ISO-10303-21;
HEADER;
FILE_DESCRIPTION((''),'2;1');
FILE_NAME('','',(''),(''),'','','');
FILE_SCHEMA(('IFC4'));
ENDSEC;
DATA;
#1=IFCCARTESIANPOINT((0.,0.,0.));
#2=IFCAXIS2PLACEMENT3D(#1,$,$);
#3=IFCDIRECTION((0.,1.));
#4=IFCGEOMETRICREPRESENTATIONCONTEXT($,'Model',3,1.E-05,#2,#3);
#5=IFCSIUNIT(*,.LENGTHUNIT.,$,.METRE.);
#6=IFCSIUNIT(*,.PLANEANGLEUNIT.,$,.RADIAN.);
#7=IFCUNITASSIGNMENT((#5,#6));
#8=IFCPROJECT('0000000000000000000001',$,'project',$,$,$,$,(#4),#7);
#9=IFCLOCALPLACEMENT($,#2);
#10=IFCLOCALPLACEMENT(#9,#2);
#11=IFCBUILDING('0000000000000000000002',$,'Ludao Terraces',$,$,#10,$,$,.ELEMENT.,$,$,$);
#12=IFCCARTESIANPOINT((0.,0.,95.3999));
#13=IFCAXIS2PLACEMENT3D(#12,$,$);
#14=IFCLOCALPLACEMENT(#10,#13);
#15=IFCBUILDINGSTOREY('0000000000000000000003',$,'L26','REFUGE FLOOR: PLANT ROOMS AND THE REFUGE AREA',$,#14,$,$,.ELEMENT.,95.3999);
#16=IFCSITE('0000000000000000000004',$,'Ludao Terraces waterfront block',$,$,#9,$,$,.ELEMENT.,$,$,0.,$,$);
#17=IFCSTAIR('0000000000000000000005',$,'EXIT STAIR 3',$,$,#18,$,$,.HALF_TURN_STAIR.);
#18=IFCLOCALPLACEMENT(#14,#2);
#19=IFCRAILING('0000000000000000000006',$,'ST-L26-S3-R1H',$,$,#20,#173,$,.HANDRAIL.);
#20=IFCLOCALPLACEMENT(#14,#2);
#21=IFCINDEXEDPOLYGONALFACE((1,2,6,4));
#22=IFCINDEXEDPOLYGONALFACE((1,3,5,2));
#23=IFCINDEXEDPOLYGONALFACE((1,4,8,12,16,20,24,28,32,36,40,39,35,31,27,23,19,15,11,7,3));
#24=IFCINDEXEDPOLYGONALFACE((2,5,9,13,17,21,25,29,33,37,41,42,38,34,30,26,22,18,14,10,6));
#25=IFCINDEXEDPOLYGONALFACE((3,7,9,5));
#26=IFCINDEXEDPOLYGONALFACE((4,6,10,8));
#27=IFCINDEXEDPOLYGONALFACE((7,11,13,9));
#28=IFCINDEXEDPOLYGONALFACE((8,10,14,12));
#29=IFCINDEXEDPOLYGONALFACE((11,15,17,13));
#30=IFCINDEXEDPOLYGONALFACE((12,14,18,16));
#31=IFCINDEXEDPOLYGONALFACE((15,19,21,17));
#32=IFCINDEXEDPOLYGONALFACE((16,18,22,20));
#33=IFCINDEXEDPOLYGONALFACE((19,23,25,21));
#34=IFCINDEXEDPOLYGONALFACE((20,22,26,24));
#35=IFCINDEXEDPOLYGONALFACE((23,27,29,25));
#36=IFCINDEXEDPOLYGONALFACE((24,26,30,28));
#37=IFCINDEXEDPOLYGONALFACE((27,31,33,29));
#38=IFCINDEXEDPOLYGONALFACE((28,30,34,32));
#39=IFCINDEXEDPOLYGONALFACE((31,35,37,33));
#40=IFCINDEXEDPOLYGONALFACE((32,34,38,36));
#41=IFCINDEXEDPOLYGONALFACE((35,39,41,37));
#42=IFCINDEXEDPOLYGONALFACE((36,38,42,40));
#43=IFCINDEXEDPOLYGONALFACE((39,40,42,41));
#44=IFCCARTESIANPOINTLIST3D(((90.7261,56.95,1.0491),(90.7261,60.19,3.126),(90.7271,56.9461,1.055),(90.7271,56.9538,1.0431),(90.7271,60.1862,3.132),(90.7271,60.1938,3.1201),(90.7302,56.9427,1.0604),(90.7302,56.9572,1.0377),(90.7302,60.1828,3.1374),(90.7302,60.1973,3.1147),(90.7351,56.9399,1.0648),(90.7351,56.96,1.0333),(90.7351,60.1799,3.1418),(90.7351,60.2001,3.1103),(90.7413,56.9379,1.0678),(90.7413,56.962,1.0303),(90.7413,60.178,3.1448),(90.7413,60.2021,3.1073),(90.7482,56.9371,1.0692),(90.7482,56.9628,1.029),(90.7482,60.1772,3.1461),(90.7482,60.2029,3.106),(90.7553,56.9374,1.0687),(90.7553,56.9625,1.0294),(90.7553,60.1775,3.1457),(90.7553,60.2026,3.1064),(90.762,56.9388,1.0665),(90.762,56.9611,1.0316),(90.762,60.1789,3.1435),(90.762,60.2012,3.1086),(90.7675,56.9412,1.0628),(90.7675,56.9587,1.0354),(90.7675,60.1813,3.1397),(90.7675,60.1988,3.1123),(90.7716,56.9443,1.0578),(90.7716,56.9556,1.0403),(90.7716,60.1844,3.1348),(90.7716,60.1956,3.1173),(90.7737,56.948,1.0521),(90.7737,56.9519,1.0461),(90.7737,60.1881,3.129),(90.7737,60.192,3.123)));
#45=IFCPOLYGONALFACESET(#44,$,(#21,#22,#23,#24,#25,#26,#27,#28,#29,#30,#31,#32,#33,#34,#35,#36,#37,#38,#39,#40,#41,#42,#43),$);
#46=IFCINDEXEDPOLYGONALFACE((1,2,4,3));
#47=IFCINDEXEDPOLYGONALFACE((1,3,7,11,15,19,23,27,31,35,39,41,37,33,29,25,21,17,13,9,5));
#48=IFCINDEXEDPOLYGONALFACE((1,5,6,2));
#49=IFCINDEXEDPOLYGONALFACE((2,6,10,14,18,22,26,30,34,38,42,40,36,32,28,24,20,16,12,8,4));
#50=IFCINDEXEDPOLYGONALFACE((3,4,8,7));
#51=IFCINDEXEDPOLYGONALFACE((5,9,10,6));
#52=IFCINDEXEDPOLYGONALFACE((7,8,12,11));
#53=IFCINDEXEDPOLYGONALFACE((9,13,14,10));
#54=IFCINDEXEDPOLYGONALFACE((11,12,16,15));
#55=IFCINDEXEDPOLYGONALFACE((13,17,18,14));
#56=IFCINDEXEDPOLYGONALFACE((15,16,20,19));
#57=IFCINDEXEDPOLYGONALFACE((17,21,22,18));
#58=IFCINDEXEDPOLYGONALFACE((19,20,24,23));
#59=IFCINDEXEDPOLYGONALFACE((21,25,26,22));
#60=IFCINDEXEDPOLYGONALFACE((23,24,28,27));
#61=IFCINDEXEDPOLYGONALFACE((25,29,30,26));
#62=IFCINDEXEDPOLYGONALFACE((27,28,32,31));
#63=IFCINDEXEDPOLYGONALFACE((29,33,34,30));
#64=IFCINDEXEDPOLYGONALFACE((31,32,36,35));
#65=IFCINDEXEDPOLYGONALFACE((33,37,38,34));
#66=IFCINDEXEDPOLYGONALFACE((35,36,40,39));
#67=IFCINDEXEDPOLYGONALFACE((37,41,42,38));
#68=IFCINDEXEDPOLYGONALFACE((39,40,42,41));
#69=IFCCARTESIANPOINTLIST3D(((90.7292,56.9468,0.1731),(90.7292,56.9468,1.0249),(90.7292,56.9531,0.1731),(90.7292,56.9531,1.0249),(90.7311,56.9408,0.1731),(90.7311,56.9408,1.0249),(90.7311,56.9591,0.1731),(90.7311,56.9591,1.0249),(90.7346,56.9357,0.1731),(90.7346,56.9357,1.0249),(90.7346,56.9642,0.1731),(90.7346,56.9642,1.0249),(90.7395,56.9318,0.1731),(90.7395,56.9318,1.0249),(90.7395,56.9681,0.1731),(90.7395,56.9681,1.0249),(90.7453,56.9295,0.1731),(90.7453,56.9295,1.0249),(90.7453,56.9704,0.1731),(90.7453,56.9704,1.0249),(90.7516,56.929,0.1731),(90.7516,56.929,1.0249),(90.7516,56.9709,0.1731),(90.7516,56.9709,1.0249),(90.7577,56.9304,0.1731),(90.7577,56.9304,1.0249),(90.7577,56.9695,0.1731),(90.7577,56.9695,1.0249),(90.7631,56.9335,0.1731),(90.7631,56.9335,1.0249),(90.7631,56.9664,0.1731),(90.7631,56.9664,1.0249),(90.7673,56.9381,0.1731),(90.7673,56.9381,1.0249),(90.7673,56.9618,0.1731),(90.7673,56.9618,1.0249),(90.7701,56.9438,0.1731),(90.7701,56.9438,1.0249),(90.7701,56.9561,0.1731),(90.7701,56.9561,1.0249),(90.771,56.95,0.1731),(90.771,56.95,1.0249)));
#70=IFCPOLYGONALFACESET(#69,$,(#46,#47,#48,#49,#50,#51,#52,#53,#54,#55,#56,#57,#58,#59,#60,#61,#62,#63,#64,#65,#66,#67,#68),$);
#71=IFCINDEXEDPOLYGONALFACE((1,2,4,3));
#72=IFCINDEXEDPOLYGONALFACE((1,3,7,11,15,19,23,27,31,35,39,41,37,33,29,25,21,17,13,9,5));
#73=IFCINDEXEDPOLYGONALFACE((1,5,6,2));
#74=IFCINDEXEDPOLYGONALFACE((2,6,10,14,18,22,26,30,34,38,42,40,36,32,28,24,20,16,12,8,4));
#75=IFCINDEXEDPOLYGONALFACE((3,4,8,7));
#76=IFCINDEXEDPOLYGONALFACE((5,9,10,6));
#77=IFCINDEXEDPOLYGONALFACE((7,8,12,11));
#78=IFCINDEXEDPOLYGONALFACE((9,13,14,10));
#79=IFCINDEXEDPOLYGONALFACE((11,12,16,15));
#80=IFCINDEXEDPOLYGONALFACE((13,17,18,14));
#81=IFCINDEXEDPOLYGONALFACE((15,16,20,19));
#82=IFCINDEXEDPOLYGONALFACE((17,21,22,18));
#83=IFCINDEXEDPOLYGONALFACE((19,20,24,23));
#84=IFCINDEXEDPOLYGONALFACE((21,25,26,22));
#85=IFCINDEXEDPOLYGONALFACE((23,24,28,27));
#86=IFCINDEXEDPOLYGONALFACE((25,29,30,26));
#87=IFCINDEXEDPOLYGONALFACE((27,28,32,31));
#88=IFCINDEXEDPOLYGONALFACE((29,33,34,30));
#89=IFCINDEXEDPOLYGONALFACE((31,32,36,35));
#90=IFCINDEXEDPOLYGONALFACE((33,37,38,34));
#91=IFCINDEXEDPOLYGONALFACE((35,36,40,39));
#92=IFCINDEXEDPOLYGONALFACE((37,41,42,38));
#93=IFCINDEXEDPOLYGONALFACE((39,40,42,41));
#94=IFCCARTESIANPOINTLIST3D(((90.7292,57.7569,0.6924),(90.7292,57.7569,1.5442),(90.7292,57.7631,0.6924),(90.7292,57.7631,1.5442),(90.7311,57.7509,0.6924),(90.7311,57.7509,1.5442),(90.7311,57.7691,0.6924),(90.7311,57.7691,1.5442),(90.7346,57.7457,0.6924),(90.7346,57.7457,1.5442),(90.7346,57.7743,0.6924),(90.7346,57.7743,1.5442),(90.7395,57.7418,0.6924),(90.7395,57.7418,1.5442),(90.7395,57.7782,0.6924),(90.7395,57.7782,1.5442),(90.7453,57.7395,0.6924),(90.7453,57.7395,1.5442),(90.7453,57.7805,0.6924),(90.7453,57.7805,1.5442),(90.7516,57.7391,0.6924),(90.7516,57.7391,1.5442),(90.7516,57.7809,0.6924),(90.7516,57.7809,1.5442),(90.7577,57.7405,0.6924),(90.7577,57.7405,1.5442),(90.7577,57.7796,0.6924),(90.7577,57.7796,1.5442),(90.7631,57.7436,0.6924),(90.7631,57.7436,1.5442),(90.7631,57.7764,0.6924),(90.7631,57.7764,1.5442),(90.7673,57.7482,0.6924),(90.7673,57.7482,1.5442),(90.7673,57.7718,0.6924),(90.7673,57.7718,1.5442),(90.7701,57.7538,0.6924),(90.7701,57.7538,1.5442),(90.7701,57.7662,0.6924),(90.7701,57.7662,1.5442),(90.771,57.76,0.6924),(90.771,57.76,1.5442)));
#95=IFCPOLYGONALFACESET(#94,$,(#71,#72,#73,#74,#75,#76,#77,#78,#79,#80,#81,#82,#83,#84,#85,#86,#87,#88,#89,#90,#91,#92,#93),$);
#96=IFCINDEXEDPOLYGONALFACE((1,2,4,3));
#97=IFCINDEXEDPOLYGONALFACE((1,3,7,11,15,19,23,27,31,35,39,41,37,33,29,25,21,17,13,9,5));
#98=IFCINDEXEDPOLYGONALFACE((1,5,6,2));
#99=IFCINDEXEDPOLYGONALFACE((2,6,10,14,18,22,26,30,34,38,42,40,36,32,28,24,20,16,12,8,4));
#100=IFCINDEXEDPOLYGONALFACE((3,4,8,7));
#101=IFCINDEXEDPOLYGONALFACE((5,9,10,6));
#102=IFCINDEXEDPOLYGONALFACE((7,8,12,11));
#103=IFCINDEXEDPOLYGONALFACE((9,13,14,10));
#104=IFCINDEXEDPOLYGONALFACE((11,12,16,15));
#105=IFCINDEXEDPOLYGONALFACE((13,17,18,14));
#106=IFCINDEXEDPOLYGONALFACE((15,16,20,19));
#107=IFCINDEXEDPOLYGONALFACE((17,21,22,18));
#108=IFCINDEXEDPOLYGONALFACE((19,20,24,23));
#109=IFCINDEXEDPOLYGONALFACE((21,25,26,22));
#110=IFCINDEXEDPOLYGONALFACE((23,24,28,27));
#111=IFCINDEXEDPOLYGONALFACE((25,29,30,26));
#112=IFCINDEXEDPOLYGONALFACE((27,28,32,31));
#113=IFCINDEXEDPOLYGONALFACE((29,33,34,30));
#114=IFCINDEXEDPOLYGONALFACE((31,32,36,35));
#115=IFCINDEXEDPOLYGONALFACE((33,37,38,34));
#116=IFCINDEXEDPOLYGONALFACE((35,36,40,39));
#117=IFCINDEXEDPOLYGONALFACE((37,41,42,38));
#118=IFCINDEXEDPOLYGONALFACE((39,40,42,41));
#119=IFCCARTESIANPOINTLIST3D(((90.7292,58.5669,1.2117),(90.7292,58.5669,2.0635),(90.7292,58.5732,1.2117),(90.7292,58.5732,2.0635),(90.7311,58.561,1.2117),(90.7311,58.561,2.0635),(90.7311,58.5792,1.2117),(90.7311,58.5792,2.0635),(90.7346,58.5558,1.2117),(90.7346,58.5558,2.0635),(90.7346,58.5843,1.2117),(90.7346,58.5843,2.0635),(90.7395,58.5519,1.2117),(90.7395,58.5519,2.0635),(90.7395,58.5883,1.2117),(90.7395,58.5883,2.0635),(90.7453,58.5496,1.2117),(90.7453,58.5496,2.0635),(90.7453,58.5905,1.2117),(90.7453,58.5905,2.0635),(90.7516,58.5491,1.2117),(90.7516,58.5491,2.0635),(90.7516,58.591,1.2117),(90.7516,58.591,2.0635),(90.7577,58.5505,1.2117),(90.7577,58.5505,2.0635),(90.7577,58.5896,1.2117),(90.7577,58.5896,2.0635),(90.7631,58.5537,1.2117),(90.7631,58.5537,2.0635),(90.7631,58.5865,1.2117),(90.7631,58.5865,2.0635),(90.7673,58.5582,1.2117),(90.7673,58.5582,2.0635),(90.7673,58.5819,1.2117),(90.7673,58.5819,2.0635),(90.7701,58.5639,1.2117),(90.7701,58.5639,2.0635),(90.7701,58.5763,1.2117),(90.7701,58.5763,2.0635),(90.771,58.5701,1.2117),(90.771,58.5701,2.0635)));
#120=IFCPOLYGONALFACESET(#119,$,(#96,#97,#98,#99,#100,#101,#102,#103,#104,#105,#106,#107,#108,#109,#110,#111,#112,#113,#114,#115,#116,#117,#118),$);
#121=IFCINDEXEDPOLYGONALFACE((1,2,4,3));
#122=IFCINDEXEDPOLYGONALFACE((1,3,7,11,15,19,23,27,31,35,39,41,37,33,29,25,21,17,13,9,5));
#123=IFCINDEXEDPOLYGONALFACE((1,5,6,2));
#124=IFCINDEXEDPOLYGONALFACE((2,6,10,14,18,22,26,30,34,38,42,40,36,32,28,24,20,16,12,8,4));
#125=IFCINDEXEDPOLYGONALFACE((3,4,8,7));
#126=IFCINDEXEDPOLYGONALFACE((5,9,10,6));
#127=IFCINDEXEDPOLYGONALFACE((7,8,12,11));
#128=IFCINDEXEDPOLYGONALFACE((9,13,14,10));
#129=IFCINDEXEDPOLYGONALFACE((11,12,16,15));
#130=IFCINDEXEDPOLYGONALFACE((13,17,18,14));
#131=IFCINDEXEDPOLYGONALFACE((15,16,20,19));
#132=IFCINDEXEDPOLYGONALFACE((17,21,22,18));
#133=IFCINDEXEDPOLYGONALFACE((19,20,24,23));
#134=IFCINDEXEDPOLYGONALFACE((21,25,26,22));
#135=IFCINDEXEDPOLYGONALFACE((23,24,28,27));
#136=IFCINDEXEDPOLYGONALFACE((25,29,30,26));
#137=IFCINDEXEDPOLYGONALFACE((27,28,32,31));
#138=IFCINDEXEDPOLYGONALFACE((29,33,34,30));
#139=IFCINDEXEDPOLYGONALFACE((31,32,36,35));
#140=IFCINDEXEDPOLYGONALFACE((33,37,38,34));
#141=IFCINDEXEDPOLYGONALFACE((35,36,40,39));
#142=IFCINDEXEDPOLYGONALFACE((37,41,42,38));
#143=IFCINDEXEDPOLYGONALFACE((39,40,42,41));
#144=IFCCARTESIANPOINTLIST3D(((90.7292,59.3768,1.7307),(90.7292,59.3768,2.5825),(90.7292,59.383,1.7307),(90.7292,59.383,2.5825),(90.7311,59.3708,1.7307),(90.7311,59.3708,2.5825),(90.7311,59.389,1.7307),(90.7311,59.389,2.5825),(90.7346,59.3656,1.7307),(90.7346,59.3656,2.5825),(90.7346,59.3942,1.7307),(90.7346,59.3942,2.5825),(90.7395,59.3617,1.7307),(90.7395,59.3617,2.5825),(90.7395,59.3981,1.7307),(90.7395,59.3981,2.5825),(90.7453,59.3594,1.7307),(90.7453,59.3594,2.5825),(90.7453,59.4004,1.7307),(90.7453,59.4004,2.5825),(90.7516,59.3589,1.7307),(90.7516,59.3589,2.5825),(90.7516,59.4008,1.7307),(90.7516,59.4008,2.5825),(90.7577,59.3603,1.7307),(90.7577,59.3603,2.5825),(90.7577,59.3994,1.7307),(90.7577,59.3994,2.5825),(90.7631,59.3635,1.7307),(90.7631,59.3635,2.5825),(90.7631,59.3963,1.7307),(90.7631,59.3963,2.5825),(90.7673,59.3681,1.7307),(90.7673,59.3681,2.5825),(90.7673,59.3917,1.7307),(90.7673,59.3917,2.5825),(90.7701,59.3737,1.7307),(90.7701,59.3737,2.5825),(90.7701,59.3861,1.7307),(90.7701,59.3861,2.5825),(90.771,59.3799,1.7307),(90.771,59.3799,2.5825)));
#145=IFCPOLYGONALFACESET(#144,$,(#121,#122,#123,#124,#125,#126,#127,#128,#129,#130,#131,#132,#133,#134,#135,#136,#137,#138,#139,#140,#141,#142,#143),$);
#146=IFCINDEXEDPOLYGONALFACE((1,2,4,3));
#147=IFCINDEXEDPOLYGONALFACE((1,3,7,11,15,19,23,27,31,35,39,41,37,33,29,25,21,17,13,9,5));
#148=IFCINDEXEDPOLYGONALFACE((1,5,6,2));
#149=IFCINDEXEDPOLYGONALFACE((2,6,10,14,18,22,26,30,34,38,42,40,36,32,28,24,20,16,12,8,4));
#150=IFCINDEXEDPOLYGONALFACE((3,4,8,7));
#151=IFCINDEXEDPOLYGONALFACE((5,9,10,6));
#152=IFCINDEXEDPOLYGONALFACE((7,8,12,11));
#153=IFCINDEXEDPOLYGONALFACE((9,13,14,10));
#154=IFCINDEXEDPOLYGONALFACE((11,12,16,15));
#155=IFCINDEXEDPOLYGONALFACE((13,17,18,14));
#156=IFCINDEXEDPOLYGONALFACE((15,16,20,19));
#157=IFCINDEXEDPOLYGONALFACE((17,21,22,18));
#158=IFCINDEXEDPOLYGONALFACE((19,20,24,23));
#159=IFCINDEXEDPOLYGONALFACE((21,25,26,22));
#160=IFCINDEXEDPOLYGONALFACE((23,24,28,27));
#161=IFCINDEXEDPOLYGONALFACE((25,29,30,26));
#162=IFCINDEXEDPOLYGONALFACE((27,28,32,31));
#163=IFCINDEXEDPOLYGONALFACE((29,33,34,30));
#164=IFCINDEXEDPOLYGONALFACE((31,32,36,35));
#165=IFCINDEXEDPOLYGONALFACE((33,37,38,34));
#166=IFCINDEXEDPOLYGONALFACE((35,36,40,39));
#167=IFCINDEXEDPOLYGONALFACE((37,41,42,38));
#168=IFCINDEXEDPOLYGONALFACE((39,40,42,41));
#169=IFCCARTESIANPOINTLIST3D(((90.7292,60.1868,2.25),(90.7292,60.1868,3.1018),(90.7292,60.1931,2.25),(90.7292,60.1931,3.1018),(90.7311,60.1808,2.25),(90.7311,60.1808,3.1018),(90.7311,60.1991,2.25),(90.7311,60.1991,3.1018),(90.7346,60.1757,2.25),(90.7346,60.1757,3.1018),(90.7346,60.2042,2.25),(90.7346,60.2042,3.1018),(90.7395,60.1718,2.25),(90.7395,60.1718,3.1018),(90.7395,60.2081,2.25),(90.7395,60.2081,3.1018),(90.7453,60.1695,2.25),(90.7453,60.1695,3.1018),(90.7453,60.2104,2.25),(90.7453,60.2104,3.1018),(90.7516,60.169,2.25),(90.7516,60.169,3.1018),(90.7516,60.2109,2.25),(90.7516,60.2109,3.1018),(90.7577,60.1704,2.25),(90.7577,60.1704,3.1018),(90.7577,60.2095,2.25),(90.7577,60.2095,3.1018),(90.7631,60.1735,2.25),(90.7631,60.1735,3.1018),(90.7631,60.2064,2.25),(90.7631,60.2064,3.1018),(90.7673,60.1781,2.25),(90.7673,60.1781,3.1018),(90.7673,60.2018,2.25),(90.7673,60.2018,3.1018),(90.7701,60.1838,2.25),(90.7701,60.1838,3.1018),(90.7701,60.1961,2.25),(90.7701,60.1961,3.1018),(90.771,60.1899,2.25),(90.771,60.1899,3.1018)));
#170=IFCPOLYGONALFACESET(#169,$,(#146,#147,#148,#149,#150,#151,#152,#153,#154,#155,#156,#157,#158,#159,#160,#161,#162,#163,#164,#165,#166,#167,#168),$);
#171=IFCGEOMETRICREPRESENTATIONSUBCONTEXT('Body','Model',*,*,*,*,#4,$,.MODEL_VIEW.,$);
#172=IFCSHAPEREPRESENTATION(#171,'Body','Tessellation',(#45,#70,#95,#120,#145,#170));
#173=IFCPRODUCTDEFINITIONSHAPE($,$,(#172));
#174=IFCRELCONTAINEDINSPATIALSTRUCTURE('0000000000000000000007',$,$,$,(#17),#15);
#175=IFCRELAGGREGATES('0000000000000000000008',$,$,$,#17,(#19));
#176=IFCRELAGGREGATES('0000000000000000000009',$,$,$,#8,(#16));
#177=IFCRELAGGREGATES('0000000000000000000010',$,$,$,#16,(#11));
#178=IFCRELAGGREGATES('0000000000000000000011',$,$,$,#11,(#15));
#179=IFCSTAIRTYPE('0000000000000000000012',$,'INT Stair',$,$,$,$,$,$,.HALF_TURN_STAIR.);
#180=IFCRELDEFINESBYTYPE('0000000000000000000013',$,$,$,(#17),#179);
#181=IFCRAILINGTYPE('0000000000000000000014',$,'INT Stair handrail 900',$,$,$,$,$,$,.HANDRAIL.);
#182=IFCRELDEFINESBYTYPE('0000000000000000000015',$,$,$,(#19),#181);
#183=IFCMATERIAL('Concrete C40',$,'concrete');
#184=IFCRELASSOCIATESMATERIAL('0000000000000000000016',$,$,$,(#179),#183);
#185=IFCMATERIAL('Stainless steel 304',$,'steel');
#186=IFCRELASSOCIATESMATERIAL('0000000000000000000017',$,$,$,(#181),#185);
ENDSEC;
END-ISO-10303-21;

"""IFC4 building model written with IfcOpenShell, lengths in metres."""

from ifc_helpers import new_model, si_unit, direction, frame, origin, origin_2d, place, context, subcontext, project, spatial, circle, extrude, material, type_object, element, aggregate, save


model = new_model("IFC4")

# Units and contexts
model_context = context("Model", 3, precision=1e-05, world=origin(), true_north=direction((0.0, 1.0)))
body_context = subcontext(model_context, "Body", "Model", "MODEL_VIEW")
ifc_project = project(units=[si_unit("LENGTHUNIT", "METRE"), si_unit("PLANEANGLEUNIT", "RADIAN")], contexts=[model_context])

# Site, building, storey
site_placement = place(None, origin())
site = spatial("IfcSite", under=ifc_project, at=site_placement, Name="Ludao Terraces waterfront block", CompositionType="ELEMENT", RefElevation=0.0)
building_placement = place(site_placement, origin())
building = spatial("IfcBuilding", under=site, at=building_placement, Name="Ludao Terraces", CompositionType="ELEMENT")
storey_placement = place(building_placement, frame((0.0, 0.0, 95.3999)))
storey = spatial("IfcBuildingStorey", under=building, at=storey_placement, Name="L26", Description="REFUGE FLOOR: PLANT ROOMS AND THE REFUGE AREA", CompositionType="ELEMENT", Elevation=95.3999)

# Stair, railing
ifc_material_1 = material(Name="Concrete C40", Category="concrete")
stair_type = type_object("IfcStairType", Name="INT Stair", PredefinedType="HALF_TURN_STAIR", material=ifc_material_1)
stair_placement = place(storey_placement, origin())
stair = element("IfcStair", 1, at=stair_placement, inside=storey, type_object=stair_type, Name="EXIT STAIR 3", PredefinedType="HALF_TURN_STAIR")
ifc_material_2 = material(Name="Stainless steel 304", Category="steel")
railing_type_1 = type_object("IfcRailingType", Name="INT Stair handrail 900", PredefinedType="HANDRAIL", material=ifc_material_2)
railing_1_placement = place(storey_placement, frame((90.75, 56.95, 0.1731)))
railing_1 = element("IfcRailing", 2, at=railing_1_placement, type_object=railing_type_1, Name="ST-L26-S3-R1H", PredefinedType="HANDRAIL", context=body_context, shape_type="SweptSolid", body=[
    extrude(circle(Radius=0.0239, at=origin_2d()), frame((0.0, 0.0, 0.876), z_axis=(0.0, 0.841881, 0.539664), x_axis=(-1.0, 0.0, 0.0)), (0.0, 0.0, 1.0), 3.8486),
    extrude(circle(Radius=0.021, at=origin_2d()), origin(), (0.0, 0.0, 1.0), 0.8518),
    extrude(circle(Radius=0.021, at=origin_2d()), frame((0.0, 0.8101, 0.5193)), (0.0, 0.0, 1.0), 0.8518),
    extrude(circle(Radius=0.021, at=origin_2d()), frame((0.0, 1.6201, 1.0386)), (0.0, 0.0, 1.0), 0.8518),
    extrude(circle(Radius=0.021, at=origin_2d()), frame((0.0, 2.4299, 1.5576)), (0.0, 0.0, 1.0), 0.8518),
    extrude(circle(Radius=0.021, at=origin_2d()), frame((0.0, 3.24, 2.0769)), (0.0, 0.0, 1.0), 0.8518),
])
aggregate(stair, [railing_1])

save(model, "model.ifc")
